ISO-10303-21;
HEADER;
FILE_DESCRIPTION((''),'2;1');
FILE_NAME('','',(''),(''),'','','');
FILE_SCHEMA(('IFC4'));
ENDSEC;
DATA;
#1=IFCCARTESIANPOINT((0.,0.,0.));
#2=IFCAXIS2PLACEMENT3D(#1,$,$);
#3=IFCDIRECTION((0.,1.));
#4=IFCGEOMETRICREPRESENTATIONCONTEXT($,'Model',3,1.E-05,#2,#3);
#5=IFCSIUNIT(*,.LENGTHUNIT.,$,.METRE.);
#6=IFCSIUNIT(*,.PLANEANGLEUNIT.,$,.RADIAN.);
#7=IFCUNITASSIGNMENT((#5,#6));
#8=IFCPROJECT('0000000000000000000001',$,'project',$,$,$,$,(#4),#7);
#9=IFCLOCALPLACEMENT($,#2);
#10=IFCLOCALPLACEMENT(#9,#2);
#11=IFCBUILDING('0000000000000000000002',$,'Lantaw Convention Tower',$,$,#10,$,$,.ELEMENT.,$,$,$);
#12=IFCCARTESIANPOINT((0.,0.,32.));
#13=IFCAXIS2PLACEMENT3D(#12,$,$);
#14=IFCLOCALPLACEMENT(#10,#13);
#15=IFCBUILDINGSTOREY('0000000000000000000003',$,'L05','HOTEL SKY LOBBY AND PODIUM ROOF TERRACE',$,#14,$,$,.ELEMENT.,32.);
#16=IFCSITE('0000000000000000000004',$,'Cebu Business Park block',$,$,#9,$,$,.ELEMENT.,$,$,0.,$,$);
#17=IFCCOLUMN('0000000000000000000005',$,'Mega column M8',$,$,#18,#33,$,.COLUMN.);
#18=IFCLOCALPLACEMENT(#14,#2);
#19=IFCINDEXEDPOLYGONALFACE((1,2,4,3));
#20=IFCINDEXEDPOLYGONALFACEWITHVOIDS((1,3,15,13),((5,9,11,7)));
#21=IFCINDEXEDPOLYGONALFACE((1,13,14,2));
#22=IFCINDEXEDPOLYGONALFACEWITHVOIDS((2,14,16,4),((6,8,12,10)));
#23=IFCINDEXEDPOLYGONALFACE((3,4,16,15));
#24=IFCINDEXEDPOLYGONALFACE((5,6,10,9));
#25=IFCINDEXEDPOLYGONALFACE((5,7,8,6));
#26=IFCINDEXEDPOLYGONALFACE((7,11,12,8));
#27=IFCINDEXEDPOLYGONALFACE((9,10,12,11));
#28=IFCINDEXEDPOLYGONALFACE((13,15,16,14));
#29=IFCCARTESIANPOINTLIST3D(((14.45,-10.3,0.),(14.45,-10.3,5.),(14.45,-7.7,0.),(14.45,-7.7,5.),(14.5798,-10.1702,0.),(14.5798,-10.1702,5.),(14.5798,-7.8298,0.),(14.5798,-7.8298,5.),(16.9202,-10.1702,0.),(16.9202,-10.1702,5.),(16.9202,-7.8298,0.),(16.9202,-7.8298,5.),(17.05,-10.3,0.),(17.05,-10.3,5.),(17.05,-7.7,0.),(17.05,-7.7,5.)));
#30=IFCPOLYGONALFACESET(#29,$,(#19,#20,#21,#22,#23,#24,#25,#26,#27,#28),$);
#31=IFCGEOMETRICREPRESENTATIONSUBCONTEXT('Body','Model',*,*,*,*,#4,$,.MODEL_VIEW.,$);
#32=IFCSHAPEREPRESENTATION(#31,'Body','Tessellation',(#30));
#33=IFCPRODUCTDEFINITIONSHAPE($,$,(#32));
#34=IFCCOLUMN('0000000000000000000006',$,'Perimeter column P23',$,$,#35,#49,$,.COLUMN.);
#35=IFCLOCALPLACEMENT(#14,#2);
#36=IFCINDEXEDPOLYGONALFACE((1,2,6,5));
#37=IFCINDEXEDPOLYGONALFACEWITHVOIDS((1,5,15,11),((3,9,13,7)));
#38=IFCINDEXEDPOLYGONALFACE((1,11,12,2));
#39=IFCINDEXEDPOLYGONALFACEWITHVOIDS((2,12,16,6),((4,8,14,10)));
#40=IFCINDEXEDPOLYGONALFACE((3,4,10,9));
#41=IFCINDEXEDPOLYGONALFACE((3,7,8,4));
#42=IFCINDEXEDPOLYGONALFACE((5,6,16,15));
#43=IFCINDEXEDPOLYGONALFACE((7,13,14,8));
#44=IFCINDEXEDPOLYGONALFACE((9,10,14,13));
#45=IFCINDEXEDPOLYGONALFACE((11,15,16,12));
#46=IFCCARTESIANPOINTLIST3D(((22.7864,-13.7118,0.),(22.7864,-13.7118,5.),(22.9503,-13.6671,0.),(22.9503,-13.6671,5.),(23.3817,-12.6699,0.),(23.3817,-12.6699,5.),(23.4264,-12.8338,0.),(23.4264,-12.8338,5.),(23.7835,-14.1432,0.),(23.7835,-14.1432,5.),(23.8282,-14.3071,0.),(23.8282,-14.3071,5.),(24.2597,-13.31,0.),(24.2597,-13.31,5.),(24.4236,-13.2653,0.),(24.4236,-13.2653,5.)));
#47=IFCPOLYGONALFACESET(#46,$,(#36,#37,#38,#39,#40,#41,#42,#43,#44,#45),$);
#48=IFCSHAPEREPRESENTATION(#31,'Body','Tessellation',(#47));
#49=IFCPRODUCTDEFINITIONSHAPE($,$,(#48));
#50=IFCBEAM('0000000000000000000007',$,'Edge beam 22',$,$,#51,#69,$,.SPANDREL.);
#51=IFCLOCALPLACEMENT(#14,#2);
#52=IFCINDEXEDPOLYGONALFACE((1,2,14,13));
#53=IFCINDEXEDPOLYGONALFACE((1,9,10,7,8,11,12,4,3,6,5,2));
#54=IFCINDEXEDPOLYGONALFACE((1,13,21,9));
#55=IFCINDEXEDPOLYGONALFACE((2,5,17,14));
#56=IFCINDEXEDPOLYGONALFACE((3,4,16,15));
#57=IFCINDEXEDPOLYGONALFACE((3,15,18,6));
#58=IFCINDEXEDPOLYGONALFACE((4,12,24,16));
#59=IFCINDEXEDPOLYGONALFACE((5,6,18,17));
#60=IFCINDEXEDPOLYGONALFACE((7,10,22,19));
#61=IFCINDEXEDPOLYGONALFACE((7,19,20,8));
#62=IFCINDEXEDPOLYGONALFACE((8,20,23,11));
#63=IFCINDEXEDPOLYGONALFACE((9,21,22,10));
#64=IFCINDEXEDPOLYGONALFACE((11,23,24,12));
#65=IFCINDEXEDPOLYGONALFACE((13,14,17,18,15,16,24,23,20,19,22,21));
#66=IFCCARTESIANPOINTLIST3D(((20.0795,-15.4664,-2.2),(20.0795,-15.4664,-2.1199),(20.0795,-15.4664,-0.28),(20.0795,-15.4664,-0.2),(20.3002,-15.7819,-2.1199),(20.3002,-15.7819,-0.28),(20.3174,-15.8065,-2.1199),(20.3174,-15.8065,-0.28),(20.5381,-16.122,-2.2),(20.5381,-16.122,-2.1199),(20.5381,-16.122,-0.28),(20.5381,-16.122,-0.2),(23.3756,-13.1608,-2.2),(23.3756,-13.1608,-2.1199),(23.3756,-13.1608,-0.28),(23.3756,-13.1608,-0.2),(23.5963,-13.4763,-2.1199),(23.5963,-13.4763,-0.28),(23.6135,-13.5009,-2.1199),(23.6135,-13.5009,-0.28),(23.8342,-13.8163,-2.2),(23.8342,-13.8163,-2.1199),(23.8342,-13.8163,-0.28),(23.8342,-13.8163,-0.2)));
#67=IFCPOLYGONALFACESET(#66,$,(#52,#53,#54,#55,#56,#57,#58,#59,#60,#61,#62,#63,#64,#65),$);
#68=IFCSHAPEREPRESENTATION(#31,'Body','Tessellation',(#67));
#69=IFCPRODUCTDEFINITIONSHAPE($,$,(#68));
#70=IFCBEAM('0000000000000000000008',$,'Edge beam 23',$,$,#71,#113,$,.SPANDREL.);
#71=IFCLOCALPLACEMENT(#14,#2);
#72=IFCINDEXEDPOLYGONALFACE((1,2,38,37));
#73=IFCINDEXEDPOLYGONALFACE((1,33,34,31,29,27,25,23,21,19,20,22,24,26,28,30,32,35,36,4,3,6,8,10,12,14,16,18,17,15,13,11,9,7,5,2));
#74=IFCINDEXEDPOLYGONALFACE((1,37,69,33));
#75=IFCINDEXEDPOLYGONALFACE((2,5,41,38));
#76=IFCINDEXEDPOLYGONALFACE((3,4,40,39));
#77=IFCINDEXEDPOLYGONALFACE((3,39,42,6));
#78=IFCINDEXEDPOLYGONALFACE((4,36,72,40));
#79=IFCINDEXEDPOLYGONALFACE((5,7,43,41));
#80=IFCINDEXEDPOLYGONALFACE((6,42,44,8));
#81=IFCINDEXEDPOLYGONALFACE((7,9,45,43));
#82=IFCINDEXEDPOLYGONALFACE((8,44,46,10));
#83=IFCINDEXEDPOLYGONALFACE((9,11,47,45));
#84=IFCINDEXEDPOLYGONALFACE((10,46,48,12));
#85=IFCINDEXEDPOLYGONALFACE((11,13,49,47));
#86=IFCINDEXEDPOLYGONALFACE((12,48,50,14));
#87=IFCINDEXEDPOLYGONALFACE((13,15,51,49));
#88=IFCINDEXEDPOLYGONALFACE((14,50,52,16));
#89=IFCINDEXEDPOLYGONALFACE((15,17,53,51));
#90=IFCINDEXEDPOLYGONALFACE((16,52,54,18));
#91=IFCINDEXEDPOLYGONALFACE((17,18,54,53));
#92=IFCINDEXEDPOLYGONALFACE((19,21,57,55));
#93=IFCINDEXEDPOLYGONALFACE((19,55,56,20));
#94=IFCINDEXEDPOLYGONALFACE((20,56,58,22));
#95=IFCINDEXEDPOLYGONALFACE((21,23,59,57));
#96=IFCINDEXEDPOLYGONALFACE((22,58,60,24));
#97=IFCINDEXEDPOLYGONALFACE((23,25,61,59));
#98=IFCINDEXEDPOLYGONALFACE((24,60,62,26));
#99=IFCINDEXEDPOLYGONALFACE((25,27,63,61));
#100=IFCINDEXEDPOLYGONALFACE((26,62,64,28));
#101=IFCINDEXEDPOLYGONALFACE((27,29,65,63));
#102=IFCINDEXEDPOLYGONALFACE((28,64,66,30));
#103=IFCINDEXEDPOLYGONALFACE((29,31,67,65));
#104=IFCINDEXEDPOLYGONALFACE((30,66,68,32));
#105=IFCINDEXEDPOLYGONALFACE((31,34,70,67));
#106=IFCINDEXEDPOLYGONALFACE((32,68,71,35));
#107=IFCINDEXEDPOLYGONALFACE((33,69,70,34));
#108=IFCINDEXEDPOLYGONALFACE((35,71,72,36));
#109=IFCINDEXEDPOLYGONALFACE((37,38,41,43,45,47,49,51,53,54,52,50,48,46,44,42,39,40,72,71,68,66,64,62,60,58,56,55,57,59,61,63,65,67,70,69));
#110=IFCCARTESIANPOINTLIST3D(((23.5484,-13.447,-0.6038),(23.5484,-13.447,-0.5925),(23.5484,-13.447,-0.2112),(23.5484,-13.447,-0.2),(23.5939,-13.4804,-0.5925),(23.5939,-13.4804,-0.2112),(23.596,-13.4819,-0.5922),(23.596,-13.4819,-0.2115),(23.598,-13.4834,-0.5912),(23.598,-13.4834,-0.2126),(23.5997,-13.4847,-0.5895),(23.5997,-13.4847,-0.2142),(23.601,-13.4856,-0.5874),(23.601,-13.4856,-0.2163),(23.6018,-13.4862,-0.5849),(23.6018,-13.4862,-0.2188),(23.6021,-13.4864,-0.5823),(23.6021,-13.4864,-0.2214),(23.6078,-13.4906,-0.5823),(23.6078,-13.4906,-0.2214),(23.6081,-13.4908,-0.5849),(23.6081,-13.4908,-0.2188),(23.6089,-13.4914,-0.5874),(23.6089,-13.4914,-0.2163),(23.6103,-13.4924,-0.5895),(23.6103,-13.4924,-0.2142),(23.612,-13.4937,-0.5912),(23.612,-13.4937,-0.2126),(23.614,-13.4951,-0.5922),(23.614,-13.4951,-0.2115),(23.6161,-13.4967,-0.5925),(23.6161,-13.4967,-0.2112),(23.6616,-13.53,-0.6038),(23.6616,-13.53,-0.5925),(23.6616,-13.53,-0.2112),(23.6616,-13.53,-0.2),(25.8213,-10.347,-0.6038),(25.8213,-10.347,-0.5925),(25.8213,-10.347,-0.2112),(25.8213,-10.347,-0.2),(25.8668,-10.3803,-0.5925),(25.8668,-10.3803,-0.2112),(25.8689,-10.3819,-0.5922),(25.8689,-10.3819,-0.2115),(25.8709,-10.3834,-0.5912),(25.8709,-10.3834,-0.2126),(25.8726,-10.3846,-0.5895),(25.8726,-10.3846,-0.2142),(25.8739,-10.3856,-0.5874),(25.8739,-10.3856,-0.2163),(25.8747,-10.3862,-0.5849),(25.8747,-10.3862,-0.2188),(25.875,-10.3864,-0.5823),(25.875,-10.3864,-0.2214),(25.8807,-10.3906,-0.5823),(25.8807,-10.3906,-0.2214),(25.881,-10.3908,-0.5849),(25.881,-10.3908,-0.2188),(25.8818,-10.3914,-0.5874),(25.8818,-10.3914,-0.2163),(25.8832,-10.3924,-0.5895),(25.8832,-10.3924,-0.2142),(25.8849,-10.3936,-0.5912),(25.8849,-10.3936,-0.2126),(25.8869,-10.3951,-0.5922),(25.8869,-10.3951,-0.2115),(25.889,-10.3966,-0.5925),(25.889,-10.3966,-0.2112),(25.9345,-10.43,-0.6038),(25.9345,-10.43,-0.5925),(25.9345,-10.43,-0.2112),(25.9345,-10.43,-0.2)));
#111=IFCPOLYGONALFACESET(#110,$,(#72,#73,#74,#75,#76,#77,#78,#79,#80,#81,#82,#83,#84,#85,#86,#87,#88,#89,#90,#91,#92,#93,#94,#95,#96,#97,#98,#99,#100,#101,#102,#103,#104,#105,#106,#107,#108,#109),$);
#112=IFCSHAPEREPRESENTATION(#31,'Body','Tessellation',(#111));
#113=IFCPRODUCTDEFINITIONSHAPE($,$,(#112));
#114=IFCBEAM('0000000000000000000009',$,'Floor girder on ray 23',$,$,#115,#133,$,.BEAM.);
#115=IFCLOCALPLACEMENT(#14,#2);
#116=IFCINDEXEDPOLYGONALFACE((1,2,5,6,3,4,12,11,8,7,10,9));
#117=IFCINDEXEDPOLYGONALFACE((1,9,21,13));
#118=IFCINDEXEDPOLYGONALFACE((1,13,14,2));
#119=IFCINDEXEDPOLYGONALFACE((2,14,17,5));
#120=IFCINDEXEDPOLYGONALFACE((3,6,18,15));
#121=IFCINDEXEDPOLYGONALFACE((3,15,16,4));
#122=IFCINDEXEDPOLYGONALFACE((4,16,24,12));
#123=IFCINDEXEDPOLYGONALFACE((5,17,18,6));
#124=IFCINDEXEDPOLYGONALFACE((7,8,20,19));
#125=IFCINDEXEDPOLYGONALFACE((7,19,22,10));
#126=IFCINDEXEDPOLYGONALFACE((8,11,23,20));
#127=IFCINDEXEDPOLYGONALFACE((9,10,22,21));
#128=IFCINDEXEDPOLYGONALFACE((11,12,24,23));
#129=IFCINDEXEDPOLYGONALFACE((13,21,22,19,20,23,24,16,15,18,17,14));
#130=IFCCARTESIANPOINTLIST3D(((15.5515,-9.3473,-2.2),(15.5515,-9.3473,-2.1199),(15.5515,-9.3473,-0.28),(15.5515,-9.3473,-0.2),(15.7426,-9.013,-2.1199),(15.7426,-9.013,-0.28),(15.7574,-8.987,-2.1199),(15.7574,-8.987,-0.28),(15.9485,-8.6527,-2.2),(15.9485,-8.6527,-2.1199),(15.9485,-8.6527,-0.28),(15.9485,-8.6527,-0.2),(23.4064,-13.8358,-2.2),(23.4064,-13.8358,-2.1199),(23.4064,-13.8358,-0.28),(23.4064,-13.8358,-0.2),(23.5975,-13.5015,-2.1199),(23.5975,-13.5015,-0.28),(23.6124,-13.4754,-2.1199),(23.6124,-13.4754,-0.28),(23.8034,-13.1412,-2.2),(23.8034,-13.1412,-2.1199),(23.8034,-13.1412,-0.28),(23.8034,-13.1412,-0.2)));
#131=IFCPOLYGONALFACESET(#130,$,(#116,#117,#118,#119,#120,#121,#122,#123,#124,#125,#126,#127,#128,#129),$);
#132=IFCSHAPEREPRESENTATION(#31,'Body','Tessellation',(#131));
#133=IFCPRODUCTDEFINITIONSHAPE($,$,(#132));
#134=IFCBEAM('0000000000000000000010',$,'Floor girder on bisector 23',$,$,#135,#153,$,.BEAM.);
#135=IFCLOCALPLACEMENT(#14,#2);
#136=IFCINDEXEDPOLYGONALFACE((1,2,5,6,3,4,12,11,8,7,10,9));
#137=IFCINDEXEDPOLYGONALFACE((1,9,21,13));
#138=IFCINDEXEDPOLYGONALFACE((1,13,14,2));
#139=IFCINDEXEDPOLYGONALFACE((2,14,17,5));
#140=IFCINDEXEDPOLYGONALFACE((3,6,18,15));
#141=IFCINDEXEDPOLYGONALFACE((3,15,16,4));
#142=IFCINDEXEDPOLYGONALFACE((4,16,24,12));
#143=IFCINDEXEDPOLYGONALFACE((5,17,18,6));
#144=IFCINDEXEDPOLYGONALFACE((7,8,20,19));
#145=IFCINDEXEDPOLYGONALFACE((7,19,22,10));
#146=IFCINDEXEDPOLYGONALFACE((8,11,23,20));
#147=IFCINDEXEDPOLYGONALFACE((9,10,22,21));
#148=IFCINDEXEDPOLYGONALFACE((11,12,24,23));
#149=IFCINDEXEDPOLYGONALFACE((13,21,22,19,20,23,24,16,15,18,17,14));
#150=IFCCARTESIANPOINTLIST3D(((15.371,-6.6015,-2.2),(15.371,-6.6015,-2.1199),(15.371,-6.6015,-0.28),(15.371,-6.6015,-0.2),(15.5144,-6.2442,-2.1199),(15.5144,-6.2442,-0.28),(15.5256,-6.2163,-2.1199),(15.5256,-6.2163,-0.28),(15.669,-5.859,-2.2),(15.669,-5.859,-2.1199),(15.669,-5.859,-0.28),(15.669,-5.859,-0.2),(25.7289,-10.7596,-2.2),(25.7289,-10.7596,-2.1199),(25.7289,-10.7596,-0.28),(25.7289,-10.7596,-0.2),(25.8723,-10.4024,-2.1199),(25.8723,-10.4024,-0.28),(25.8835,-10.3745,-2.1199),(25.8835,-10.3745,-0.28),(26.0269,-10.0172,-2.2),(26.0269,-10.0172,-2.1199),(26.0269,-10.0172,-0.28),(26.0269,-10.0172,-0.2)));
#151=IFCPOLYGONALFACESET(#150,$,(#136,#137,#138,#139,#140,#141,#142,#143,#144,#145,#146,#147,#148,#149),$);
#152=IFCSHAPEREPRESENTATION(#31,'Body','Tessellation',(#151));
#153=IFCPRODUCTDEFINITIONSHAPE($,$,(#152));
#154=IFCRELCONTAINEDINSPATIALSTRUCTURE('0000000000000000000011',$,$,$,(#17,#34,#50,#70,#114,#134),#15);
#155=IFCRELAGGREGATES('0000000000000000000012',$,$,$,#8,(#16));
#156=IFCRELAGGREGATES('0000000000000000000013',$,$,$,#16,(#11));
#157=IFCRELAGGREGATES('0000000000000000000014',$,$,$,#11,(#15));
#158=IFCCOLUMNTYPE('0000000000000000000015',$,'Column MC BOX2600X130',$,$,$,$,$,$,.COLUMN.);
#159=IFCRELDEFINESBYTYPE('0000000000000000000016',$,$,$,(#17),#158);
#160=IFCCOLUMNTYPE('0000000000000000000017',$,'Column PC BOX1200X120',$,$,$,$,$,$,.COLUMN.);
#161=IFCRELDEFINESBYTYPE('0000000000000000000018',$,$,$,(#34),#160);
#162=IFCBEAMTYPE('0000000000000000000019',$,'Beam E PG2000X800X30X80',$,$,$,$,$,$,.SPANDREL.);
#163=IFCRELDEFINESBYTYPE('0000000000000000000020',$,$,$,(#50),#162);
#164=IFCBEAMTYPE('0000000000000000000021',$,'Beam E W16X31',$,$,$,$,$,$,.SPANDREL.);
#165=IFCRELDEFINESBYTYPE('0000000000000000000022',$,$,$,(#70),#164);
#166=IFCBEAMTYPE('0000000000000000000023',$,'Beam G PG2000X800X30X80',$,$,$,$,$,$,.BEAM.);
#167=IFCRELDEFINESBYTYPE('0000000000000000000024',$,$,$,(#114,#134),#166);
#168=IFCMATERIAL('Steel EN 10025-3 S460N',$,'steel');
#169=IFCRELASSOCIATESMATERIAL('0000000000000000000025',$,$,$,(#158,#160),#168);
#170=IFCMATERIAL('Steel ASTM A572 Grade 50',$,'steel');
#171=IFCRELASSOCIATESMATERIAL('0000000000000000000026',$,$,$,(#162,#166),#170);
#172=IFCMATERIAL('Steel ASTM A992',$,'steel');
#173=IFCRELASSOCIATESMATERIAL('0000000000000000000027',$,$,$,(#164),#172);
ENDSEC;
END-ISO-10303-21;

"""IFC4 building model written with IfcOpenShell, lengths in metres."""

from ifc_helpers import new_model, si_unit, direction, frame, origin, origin_2d, place, context, subcontext, project, spatial, rectangle, hollow_rectangle, i_section, extrude, material, material_profile, profile_set, type_object, element, save


model = new_model("IFC4")

# Units and contexts
model_context = context("Model", 3, precision=1e-05, world=origin(), true_north=direction((0.0, 1.0)))
body_context = subcontext(model_context, "Body", "Model", "MODEL_VIEW")
ifc_project = project(units=[si_unit("LENGTHUNIT", "METRE"), si_unit("PLANEANGLEUNIT", "RADIAN")], contexts=[model_context])

# Site, building, storey
site_placement = place(None, origin())
site = spatial("IfcSite", under=ifc_project, at=site_placement, Name="Cebu Business Park block", CompositionType="ELEMENT", RefElevation=0.0)
building_placement = place(site_placement, origin())
building = spatial("IfcBuilding", under=site, at=building_placement, Name="Lantaw Convention Tower", CompositionType="ELEMENT")
storey_placement = place(building_placement, frame((0.0, 0.0, 32.0)))
storey = spatial("IfcBuildingStorey", under=building, at=storey_placement, Name="L05", Description="HOTEL SKY LOBBY AND PODIUM ROOF TERRACE", CompositionType="ELEMENT", Elevation=32.0)

# Columns
ifc_material_1 = material(Name="Steel EN 10025-3 S460N", Category="steel")
ifc_material_profile_1 = material_profile(ifc_material_1, hollow_rectangle(XDim=2.6001, YDim=2.6001, WallThickness=0.1299, at=origin_2d()), Name="BOX2600X130")
ifc_material_2 = material(Name="Concrete C60/75", Category="concrete")
ifc_material_profile_2 = material_profile(ifc_material_2, rectangle(XDim=2.3401, YDim=2.3401, at=origin_2d()), Name="Concrete fill of BOX2600X130")
ifc_profile_set_1 = profile_set([ifc_material_profile_1, ifc_material_profile_2], Name="Steel EN 10025-3 S460N")
column_type_1 = type_object("IfcColumnType", Name="Column MC BOX2600X130", PredefinedType="COLUMN", material=ifc_profile_set_1)
column_1_placement = place(storey_placement, frame((15.75, -9.0, 0.0), z_axis=(0.0, 0.0, 1.0), x_axis=(1.0, 0.0, 0.0)))
element("IfcColumn", 1, at=column_1_placement, inside=storey, type_object=column_type_1, Name="Mega column M8", PredefinedType="COLUMN", context=body_context, shape_type="SweptSolid", body=[
    extrude(hollow_rectangle(XDim=2.6001, YDim=2.6001, WallThickness=0.1299, at=origin_2d()), origin(), (0.0, 0.0, 1.0), 5.0),
])
ifc_material_profile_3 = material_profile(ifc_material_1, hollow_rectangle(XDim=1.2, YDim=1.2, WallThickness=0.1201, at=origin_2d()), Name="BOX1200X120")
ifc_material_profile_4 = material_profile(ifc_material_2, rectangle(XDim=0.96, YDim=0.96, at=origin_2d()), Name="Concrete fill of BOX1200X120")
ifc_profile_set_2 = profile_set([ifc_material_profile_3, ifc_material_profile_4], Name="Steel EN 10025-3 S460N")
column_type_2 = type_object("IfcColumnType", Name="Column PC BOX1200X120", PredefinedType="COLUMN", material=ifc_profile_set_2)
column_2_placement = place(storey_placement, frame((23.605, -13.4885, 0.0), z_axis=(0.0, 0.0, 1.0), x_axis=(0.496139, 0.868243, 0.0)))
element("IfcColumn", 2, at=column_2_placement, inside=storey, type_object=column_type_2, Name="Perimeter column P23", PredefinedType="COLUMN", context=body_context, shape_type="SweptSolid", body=[
    extrude(hollow_rectangle(XDim=1.2, YDim=1.2, WallThickness=0.1201, at=origin_2d()), origin(), (0.0, 0.0, 1.0), 5.0),
])

# Beams
ifc_material_3 = material(Name="Steel ASTM A572 Grade 50", Category="steel")
ifc_material_profile_5 = material_profile(ifc_material_3, i_section(OverallWidth=0.8, OverallDepth=2.0, WebThickness=0.03, FlangeThickness=0.0801, at=origin_2d()), Name="PG2000X800X30X80")
ifc_profile_set_3 = profile_set([ifc_material_profile_5], Name="Steel ASTM A572 Grade 50")
beam_type_1 = type_object("IfcBeamType", Name="Beam E PG2000X800X30X80", PredefinedType="SPANDREL", material=ifc_profile_set_3)
beam_1_placement = place(storey_placement, frame((20.3088, -15.7942, -1.2), z_axis=(0.819423, 0.573189, 0.0), x_axis=(-0.573189, 0.819423, 0.0)))
element("IfcBeam", 3, at=beam_1_placement, inside=storey, type_object=beam_type_1, Name="Edge beam 22", PredefinedType="SPANDREL", context=body_context, shape_type="SweptSolid", body=[
    extrude(i_section(OverallWidth=0.8, OverallDepth=2.0, WebThickness=0.03, FlangeThickness=0.0801, at=origin_2d()), origin(), (0.0, 0.0, 1.0), 4.0225),
])
ifc_material_4 = material(Name="Steel ASTM A992", Category="steel")
ifc_material_profile_6 = material_profile(ifc_material_4, i_section(OverallWidth=0.1404, OverallDepth=0.4038, WebThickness=0.0071, FlangeThickness=0.0112, FilletRadius=0.0103, at=origin_2d()), Name="W16X31")
ifc_profile_set_4 = profile_set([ifc_material_profile_6], Name="Steel ASTM A992")
beam_type_2 = type_object("IfcBeamType", Name="Beam E W16X31", PredefinedType="SPANDREL", material=ifc_profile_set_4)
beam_2_placement = place(storey_placement, frame((23.605, -13.4885, -0.4019), z_axis=(0.591287, 0.806462, 0.0), x_axis=(-0.806462, 0.591287, 0.0)))
element("IfcBeam", 4, at=beam_2_placement, inside=storey, type_object=beam_type_2, Name="Edge beam 23", PredefinedType="SPANDREL", context=body_context, shape_type="SweptSolid", body=[
    extrude(i_section(OverallWidth=0.1404, OverallDepth=0.4038, WebThickness=0.0071, FlangeThickness=0.0112, FilletRadius=0.0103, at=origin_2d()), origin(), (0.0, 0.0, 1.0), 3.844),
])
ifc_material_profile_7 = material_profile(ifc_material_3, i_section(OverallWidth=0.8, OverallDepth=2.0, WebThickness=0.03, FlangeThickness=0.0801, at=origin_2d()), Name="PG2000X800X30X80")
ifc_profile_set_5 = profile_set([ifc_material_profile_7], Name="Steel ASTM A572 Grade 50")
beam_type_3 = type_object("IfcBeamType", Name="Beam G PG2000X800X30X80", PredefinedType="BEAM", material=ifc_profile_set_5)
beam_3_placement = place(storey_placement, frame((15.75, -9.0, -1.2), z_axis=(0.868245, -0.496136, 0.0), x_axis=(0.496136, 0.868245, 0.0)))
element("IfcBeam", 5, at=beam_3_placement, inside=storey, type_object=beam_type_3, Name="Floor girder on ray 23", PredefinedType="BEAM", context=body_context, shape_type="SweptSolid", body=[
    extrude(i_section(OverallWidth=0.8, OverallDepth=2.0, WebThickness=0.03, FlangeThickness=0.0801, at=origin_2d()), origin(), (0.0, 0.0, 1.0), 9.0469),
])
beam_4_placement = place(storey_placement, frame((15.52, -6.2302, -1.2), z_axis=(0.928011, -0.372552, 0.0), x_axis=(0.372552, 0.928011, 0.0)))
element("IfcBeam", 6, at=beam_4_placement, inside=storey, type_object=beam_type_3, Name="Floor girder on bisector 23", PredefinedType="BEAM", context=body_context, shape_type="SweptSolid", body=[
    extrude(i_section(OverallWidth=0.8, OverallDepth=2.0, WebThickness=0.03, FlangeThickness=0.0801, at=origin_2d()), origin(), (0.0, 0.0, 1.0), 11.1614),
])

save(model, "model.ifc")
